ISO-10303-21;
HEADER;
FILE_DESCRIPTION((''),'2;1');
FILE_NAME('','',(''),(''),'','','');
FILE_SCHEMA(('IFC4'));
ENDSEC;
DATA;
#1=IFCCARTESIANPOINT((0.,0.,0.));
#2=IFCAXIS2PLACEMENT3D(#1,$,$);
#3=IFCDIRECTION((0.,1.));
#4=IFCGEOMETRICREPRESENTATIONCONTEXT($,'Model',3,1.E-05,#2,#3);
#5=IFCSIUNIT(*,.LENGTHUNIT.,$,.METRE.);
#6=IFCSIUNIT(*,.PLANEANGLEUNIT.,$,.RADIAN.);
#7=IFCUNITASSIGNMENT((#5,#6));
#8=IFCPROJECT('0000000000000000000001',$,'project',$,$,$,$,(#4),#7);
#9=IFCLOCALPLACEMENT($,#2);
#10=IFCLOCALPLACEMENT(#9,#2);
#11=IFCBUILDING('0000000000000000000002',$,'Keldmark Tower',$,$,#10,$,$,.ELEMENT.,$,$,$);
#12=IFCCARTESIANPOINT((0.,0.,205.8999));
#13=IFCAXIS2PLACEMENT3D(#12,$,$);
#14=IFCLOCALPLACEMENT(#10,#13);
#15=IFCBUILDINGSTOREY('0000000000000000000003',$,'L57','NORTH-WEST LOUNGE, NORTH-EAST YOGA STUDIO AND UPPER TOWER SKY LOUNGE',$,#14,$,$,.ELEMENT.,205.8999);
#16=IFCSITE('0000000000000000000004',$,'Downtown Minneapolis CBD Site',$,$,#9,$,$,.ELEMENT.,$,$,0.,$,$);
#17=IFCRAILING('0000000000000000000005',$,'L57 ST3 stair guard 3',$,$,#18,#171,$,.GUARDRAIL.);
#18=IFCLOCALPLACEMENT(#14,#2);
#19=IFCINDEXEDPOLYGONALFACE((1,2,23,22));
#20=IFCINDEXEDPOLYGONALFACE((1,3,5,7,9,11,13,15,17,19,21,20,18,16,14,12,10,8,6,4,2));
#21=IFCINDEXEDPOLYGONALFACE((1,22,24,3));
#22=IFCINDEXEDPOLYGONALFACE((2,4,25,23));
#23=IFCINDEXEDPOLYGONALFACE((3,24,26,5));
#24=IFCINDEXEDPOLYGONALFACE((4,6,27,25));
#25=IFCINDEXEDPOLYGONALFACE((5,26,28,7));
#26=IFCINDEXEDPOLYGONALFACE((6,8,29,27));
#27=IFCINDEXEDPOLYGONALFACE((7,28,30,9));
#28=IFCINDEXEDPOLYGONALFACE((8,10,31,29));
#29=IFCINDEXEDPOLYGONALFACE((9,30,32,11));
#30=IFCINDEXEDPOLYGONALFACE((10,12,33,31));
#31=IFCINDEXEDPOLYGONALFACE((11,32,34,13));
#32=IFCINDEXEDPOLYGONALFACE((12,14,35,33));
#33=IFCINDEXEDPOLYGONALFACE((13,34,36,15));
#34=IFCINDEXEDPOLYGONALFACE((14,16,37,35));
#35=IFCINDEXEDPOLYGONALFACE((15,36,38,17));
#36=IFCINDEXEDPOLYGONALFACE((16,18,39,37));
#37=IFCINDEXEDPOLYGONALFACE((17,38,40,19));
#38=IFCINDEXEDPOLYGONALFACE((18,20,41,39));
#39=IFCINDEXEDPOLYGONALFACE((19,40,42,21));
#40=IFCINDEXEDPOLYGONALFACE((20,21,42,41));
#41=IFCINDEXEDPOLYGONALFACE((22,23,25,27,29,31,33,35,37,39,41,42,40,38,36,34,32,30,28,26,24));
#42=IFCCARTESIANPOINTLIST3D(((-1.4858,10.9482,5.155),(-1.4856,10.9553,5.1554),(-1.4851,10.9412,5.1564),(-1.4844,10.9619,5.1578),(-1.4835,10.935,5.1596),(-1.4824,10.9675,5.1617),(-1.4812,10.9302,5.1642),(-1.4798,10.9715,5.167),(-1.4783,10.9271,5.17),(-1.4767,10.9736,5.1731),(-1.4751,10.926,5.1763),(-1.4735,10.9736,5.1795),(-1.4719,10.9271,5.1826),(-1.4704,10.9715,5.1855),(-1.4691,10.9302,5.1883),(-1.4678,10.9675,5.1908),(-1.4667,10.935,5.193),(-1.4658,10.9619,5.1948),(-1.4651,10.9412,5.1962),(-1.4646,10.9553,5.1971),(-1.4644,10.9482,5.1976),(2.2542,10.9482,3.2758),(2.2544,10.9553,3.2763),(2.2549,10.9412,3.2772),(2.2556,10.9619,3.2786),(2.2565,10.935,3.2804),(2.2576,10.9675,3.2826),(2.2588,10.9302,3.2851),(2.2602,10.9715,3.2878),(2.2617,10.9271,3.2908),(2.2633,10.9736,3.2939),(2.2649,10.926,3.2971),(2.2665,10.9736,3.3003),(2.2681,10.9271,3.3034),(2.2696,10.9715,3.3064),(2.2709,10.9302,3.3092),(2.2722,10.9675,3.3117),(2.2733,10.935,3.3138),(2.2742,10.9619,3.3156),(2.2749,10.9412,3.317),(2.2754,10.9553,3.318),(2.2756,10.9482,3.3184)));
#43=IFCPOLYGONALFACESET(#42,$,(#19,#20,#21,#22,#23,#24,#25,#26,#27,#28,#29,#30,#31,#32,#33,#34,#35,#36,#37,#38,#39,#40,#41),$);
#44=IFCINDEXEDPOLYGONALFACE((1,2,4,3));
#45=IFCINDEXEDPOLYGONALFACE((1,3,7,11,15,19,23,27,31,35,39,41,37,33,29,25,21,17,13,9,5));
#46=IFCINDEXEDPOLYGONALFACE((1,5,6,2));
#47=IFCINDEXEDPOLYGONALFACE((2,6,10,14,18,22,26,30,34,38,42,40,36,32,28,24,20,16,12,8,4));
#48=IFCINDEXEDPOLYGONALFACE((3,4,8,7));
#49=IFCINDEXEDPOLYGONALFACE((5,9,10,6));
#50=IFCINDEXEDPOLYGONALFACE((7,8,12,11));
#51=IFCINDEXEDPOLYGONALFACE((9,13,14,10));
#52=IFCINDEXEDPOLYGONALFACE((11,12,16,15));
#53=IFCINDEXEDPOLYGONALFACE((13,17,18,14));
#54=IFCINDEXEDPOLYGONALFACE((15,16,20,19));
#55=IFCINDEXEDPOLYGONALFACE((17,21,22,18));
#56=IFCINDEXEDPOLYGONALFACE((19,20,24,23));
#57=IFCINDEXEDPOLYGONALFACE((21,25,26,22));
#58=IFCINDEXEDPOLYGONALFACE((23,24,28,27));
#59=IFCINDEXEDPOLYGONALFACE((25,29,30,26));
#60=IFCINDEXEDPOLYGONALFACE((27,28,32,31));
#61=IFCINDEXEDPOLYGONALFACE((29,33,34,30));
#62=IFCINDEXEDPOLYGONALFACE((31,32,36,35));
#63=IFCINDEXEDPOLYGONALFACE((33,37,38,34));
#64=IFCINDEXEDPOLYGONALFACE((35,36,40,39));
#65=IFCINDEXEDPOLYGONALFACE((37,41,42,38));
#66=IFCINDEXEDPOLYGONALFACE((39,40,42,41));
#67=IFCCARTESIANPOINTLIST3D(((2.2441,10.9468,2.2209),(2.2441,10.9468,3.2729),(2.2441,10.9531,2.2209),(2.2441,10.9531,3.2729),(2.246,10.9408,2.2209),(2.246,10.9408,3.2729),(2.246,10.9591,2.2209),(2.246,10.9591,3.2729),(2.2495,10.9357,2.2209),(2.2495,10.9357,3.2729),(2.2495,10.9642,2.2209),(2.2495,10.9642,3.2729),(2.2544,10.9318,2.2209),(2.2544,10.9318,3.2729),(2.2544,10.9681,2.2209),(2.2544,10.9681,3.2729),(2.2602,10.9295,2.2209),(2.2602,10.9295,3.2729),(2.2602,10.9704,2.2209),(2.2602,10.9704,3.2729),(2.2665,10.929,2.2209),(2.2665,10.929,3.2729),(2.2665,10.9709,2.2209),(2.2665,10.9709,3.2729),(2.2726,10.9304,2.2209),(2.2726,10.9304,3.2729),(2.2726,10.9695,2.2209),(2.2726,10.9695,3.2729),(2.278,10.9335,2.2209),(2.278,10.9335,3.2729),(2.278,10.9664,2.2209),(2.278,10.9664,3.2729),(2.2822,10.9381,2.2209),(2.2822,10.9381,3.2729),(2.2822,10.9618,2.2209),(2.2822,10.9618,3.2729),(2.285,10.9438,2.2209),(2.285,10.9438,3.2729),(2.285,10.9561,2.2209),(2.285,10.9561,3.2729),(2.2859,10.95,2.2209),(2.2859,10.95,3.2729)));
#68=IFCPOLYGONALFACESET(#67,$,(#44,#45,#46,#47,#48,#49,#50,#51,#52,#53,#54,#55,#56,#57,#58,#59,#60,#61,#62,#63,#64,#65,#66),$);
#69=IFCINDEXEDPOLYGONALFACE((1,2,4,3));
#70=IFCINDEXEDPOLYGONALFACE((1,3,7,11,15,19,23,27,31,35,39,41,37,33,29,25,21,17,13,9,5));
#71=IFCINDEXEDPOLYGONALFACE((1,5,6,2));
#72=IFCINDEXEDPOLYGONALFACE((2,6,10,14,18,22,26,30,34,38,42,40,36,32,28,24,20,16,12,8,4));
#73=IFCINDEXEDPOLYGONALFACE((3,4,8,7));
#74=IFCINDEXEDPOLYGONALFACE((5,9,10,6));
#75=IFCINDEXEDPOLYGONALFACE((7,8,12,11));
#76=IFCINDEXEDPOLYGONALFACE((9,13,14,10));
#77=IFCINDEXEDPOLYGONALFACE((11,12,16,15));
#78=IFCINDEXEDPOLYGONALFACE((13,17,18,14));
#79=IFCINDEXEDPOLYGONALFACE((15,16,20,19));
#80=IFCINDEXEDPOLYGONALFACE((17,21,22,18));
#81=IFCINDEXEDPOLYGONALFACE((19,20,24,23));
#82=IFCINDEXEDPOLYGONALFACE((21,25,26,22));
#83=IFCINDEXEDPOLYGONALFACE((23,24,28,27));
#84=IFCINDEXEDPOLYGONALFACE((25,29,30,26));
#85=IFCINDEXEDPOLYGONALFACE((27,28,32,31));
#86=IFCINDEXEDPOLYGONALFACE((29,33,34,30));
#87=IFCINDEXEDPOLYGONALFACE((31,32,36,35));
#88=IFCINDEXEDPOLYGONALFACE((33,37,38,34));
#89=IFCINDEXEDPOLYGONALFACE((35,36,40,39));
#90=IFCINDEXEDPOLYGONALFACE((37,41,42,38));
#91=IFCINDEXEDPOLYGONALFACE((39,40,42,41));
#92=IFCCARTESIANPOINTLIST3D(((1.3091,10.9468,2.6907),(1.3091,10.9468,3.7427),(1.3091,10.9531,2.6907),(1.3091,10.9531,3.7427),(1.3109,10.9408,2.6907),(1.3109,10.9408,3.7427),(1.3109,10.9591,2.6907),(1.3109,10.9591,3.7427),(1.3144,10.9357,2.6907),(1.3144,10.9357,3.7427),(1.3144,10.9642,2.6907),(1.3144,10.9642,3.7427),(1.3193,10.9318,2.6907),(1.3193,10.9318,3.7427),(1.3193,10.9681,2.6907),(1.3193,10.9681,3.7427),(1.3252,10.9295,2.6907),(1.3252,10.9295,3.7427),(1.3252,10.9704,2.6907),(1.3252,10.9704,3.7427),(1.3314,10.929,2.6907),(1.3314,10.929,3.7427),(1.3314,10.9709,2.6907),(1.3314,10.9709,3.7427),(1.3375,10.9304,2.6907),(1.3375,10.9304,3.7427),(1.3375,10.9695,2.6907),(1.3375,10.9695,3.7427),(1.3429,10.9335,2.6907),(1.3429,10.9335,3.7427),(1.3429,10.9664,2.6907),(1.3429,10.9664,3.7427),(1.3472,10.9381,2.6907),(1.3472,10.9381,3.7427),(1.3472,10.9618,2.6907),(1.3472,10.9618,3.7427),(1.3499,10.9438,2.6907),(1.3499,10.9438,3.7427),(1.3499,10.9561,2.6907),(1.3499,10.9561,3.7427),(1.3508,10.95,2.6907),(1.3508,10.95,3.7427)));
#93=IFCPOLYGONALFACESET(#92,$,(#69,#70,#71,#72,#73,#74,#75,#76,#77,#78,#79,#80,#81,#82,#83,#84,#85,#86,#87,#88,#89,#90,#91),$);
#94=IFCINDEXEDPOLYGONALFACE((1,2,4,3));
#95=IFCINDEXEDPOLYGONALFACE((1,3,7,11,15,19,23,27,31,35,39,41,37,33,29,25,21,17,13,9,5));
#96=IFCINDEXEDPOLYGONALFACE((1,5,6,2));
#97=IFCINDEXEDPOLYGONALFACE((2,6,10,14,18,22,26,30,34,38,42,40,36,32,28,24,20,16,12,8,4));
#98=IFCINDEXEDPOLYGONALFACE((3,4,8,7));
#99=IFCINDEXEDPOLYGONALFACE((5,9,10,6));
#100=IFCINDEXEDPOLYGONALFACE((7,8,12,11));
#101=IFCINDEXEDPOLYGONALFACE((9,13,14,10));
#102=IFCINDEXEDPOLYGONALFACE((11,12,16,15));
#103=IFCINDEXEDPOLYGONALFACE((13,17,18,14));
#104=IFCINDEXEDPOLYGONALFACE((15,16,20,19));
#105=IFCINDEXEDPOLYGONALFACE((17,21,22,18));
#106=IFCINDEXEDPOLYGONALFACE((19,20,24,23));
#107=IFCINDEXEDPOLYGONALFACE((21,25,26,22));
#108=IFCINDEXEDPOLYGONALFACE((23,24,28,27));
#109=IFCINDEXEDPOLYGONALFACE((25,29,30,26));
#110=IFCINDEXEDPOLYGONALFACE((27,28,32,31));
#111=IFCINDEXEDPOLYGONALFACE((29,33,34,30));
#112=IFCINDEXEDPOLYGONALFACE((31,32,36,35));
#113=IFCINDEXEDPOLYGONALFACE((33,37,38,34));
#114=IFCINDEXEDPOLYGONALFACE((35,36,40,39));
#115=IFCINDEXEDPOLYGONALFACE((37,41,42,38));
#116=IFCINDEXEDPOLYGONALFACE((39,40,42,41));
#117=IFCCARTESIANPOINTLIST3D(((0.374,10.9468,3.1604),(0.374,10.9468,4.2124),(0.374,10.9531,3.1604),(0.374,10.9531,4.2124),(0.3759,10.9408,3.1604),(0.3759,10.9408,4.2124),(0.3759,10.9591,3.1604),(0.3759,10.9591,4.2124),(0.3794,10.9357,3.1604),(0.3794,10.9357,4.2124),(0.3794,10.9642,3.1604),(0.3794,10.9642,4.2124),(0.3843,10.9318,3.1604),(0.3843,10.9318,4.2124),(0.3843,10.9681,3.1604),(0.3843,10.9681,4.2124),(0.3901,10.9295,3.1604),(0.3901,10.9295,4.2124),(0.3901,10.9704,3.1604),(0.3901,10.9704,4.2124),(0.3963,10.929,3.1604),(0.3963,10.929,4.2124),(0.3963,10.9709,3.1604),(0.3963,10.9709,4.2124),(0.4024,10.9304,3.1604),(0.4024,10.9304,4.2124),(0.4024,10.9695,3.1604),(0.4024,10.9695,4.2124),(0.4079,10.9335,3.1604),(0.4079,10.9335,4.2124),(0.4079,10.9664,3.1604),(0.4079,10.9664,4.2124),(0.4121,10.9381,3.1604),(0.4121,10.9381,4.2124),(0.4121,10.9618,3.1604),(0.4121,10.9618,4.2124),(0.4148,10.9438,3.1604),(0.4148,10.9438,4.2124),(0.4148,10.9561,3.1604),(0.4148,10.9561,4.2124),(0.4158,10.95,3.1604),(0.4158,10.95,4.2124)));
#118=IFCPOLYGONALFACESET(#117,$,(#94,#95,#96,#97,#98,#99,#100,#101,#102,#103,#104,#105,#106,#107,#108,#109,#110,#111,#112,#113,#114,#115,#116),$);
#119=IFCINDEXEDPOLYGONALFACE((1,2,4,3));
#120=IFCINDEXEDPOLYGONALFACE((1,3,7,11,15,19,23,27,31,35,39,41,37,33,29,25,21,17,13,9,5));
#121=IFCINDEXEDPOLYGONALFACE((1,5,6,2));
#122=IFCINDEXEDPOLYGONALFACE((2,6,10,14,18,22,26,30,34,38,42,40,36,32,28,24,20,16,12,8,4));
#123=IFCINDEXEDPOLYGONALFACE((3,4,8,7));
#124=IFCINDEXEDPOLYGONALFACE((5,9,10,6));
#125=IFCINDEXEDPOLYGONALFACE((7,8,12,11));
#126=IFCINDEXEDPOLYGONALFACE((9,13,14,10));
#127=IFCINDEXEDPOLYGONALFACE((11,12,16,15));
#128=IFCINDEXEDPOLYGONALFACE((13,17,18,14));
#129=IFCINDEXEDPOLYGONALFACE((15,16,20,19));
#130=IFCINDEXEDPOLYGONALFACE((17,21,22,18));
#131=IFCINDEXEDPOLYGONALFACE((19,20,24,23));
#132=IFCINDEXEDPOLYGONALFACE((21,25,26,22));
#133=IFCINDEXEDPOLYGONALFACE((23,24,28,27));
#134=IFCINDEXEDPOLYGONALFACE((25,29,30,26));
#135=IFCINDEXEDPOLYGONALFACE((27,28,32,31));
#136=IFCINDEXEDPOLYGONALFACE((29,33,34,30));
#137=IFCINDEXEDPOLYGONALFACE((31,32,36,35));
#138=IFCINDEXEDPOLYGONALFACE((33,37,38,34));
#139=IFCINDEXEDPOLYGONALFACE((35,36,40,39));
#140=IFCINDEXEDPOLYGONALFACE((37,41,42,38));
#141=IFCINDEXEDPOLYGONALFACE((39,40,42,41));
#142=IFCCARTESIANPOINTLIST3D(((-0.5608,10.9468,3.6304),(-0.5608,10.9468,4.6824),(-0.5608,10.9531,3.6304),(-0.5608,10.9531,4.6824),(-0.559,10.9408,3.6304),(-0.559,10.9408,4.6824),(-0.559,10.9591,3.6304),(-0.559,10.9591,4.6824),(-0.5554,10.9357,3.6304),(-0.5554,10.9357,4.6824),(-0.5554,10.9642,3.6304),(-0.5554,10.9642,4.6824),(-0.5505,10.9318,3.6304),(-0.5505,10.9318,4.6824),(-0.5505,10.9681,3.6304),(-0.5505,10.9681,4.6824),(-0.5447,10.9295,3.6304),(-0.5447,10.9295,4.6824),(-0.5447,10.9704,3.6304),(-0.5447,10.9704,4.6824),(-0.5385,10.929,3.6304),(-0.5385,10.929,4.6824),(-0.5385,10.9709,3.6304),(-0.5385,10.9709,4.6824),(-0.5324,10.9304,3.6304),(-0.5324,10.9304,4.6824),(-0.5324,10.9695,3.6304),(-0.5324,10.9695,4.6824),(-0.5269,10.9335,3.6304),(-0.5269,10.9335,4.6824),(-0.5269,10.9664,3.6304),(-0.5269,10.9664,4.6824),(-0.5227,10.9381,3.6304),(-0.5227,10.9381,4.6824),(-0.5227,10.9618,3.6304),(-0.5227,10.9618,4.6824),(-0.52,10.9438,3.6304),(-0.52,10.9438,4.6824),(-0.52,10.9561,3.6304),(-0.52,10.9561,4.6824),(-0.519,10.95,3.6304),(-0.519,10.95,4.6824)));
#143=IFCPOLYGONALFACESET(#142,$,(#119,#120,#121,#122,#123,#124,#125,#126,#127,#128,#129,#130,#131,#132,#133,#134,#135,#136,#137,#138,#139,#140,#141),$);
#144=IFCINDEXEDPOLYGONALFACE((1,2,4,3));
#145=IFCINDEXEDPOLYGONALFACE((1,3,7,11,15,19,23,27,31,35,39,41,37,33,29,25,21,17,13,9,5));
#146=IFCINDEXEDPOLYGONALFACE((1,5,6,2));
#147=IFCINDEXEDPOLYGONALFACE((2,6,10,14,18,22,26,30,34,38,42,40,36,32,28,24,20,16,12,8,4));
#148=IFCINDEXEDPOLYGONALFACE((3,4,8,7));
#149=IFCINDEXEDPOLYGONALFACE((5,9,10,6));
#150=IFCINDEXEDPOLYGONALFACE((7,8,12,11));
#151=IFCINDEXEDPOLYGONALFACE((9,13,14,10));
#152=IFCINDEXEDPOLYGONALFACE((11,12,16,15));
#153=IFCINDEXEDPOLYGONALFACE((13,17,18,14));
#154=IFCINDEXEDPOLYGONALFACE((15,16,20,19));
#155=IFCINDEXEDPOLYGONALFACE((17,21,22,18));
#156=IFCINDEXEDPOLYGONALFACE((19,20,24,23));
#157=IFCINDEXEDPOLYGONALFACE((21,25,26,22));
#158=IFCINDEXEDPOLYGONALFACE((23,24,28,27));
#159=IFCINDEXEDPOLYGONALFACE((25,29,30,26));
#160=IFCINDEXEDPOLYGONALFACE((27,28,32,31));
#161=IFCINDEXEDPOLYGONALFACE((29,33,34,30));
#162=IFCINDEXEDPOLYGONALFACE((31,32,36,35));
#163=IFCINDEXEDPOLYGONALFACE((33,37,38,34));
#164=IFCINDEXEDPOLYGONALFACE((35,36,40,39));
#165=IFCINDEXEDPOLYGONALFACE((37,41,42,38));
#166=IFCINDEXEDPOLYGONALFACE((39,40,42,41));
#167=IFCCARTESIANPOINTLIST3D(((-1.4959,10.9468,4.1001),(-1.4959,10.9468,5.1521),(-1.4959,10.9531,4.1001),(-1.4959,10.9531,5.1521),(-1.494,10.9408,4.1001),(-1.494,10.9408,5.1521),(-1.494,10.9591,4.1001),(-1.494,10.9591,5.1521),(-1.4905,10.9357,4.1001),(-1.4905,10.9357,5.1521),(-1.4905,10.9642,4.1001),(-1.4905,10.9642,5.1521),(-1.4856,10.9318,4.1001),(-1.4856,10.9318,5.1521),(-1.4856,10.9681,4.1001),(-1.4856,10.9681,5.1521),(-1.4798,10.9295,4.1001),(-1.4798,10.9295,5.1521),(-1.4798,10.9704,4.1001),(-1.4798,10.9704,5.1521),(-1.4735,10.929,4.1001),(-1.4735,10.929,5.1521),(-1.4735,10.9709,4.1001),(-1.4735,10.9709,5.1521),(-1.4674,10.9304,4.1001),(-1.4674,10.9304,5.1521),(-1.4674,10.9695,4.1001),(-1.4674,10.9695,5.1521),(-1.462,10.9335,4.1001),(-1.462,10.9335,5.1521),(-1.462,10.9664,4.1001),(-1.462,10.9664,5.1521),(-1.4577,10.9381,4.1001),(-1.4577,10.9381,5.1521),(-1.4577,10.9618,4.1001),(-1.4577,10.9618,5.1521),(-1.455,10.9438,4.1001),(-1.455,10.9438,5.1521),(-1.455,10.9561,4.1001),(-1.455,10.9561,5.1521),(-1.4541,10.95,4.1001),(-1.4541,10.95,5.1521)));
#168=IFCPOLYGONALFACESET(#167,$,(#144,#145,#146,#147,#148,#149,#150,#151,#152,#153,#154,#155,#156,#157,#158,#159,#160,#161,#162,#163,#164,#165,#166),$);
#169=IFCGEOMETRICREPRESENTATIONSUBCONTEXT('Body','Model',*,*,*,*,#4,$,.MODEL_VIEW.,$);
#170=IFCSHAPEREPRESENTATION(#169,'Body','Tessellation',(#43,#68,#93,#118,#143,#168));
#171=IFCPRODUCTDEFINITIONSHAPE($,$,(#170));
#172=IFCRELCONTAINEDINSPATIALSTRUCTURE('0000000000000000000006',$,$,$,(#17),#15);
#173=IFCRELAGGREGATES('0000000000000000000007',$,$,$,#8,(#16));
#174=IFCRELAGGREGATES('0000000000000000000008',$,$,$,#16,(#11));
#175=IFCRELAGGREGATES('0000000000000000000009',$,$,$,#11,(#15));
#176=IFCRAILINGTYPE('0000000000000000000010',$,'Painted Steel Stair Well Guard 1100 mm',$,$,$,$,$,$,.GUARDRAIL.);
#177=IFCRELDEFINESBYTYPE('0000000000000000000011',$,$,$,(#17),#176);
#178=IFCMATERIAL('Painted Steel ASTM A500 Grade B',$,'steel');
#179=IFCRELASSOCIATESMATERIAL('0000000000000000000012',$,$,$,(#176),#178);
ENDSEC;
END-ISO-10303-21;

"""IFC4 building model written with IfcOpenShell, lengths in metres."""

from ifc_helpers import new_model, si_unit, direction, frame, origin, origin_2d, place, context, subcontext, project, spatial, circle, extrude, material, type_object, element, save


model = new_model("IFC4")

# Units and contexts
model_context = context("Model", 3, precision=1e-05, world=origin(), true_north=direction((0.0, 1.0)))
body_context = subcontext(model_context, "Body", "Model", "MODEL_VIEW")
ifc_project = project(units=[si_unit("LENGTHUNIT", "METRE"), si_unit("PLANEANGLEUNIT", "RADIAN")], contexts=[model_context])

# Site, building, storey
site_placement = place(None, origin())
site = spatial("IfcSite", under=ifc_project, at=site_placement, Name="Downtown Minneapolis CBD Site", CompositionType="ELEMENT", RefElevation=0.0)
building_placement = place(site_placement, origin())
building = spatial("IfcBuilding", under=site, at=building_placement, Name="Keldmark Tower", CompositionType="ELEMENT")
storey_placement = place(building_placement, frame((0.0, 0.0, 205.8999)))
storey = spatial("IfcBuildingStorey", under=building, at=storey_placement, Name="L57", Description="NORTH-WEST LOUNGE, NORTH-EAST YOGA STUDIO AND UPPER TOWER SKY LOUNGE", CompositionType="ELEMENT", Elevation=205.8999)

# Railing
ifc_material_1 = material(Name="Painted Steel ASTM A500 Grade B", Category="steel")
railing_type_1 = type_object("IfcRailingType", Name="Painted Steel Stair Well Guard 1100 mm", PredefinedType="GUARDRAIL", material=ifc_material_1)
railing_1_placement = place(storey_placement, frame((2.2649, 10.95, 2.2209)))
element("IfcRailing", 1, at=railing_1_placement, inside=storey, type_object=railing_type_1, Name="L57 ST3 stair guard 3", PredefinedType="GUARDRAIL", context=body_context, shape_type="SweptSolid", body=[
    extrude(circle(Radius=0.0239, at=origin_2d()), frame((0.0, 0.0, 1.0762), z_axis=(-0.893551, 0.0, 0.448963), x_axis=(0.0, -1.0, 0.0)), (0.0, 0.0, 1.0), 4.1855),
    extrude(circle(Radius=0.021, at=origin_2d()), origin(), (0.0, 0.0, 1.0), 1.052),
    extrude(circle(Radius=0.021, at=origin_2d()), frame((-0.9351, 0.0, 0.4697)), (0.0, 0.0, 1.0), 1.052),
    extrude(circle(Radius=0.021, at=origin_2d()), frame((-1.8701, 0.0, 0.9395)), (0.0, 0.0, 1.0), 1.052),
    extrude(circle(Radius=0.021, at=origin_2d()), frame((-2.8049, 0.0, 1.4094)), (0.0, 0.0, 1.0), 1.052),
    extrude(circle(Radius=0.021, at=origin_2d()), frame((-3.74, 0.0, 1.8792)), (0.0, 0.0, 1.0), 1.052),
])

save(model, "model.ifc")
